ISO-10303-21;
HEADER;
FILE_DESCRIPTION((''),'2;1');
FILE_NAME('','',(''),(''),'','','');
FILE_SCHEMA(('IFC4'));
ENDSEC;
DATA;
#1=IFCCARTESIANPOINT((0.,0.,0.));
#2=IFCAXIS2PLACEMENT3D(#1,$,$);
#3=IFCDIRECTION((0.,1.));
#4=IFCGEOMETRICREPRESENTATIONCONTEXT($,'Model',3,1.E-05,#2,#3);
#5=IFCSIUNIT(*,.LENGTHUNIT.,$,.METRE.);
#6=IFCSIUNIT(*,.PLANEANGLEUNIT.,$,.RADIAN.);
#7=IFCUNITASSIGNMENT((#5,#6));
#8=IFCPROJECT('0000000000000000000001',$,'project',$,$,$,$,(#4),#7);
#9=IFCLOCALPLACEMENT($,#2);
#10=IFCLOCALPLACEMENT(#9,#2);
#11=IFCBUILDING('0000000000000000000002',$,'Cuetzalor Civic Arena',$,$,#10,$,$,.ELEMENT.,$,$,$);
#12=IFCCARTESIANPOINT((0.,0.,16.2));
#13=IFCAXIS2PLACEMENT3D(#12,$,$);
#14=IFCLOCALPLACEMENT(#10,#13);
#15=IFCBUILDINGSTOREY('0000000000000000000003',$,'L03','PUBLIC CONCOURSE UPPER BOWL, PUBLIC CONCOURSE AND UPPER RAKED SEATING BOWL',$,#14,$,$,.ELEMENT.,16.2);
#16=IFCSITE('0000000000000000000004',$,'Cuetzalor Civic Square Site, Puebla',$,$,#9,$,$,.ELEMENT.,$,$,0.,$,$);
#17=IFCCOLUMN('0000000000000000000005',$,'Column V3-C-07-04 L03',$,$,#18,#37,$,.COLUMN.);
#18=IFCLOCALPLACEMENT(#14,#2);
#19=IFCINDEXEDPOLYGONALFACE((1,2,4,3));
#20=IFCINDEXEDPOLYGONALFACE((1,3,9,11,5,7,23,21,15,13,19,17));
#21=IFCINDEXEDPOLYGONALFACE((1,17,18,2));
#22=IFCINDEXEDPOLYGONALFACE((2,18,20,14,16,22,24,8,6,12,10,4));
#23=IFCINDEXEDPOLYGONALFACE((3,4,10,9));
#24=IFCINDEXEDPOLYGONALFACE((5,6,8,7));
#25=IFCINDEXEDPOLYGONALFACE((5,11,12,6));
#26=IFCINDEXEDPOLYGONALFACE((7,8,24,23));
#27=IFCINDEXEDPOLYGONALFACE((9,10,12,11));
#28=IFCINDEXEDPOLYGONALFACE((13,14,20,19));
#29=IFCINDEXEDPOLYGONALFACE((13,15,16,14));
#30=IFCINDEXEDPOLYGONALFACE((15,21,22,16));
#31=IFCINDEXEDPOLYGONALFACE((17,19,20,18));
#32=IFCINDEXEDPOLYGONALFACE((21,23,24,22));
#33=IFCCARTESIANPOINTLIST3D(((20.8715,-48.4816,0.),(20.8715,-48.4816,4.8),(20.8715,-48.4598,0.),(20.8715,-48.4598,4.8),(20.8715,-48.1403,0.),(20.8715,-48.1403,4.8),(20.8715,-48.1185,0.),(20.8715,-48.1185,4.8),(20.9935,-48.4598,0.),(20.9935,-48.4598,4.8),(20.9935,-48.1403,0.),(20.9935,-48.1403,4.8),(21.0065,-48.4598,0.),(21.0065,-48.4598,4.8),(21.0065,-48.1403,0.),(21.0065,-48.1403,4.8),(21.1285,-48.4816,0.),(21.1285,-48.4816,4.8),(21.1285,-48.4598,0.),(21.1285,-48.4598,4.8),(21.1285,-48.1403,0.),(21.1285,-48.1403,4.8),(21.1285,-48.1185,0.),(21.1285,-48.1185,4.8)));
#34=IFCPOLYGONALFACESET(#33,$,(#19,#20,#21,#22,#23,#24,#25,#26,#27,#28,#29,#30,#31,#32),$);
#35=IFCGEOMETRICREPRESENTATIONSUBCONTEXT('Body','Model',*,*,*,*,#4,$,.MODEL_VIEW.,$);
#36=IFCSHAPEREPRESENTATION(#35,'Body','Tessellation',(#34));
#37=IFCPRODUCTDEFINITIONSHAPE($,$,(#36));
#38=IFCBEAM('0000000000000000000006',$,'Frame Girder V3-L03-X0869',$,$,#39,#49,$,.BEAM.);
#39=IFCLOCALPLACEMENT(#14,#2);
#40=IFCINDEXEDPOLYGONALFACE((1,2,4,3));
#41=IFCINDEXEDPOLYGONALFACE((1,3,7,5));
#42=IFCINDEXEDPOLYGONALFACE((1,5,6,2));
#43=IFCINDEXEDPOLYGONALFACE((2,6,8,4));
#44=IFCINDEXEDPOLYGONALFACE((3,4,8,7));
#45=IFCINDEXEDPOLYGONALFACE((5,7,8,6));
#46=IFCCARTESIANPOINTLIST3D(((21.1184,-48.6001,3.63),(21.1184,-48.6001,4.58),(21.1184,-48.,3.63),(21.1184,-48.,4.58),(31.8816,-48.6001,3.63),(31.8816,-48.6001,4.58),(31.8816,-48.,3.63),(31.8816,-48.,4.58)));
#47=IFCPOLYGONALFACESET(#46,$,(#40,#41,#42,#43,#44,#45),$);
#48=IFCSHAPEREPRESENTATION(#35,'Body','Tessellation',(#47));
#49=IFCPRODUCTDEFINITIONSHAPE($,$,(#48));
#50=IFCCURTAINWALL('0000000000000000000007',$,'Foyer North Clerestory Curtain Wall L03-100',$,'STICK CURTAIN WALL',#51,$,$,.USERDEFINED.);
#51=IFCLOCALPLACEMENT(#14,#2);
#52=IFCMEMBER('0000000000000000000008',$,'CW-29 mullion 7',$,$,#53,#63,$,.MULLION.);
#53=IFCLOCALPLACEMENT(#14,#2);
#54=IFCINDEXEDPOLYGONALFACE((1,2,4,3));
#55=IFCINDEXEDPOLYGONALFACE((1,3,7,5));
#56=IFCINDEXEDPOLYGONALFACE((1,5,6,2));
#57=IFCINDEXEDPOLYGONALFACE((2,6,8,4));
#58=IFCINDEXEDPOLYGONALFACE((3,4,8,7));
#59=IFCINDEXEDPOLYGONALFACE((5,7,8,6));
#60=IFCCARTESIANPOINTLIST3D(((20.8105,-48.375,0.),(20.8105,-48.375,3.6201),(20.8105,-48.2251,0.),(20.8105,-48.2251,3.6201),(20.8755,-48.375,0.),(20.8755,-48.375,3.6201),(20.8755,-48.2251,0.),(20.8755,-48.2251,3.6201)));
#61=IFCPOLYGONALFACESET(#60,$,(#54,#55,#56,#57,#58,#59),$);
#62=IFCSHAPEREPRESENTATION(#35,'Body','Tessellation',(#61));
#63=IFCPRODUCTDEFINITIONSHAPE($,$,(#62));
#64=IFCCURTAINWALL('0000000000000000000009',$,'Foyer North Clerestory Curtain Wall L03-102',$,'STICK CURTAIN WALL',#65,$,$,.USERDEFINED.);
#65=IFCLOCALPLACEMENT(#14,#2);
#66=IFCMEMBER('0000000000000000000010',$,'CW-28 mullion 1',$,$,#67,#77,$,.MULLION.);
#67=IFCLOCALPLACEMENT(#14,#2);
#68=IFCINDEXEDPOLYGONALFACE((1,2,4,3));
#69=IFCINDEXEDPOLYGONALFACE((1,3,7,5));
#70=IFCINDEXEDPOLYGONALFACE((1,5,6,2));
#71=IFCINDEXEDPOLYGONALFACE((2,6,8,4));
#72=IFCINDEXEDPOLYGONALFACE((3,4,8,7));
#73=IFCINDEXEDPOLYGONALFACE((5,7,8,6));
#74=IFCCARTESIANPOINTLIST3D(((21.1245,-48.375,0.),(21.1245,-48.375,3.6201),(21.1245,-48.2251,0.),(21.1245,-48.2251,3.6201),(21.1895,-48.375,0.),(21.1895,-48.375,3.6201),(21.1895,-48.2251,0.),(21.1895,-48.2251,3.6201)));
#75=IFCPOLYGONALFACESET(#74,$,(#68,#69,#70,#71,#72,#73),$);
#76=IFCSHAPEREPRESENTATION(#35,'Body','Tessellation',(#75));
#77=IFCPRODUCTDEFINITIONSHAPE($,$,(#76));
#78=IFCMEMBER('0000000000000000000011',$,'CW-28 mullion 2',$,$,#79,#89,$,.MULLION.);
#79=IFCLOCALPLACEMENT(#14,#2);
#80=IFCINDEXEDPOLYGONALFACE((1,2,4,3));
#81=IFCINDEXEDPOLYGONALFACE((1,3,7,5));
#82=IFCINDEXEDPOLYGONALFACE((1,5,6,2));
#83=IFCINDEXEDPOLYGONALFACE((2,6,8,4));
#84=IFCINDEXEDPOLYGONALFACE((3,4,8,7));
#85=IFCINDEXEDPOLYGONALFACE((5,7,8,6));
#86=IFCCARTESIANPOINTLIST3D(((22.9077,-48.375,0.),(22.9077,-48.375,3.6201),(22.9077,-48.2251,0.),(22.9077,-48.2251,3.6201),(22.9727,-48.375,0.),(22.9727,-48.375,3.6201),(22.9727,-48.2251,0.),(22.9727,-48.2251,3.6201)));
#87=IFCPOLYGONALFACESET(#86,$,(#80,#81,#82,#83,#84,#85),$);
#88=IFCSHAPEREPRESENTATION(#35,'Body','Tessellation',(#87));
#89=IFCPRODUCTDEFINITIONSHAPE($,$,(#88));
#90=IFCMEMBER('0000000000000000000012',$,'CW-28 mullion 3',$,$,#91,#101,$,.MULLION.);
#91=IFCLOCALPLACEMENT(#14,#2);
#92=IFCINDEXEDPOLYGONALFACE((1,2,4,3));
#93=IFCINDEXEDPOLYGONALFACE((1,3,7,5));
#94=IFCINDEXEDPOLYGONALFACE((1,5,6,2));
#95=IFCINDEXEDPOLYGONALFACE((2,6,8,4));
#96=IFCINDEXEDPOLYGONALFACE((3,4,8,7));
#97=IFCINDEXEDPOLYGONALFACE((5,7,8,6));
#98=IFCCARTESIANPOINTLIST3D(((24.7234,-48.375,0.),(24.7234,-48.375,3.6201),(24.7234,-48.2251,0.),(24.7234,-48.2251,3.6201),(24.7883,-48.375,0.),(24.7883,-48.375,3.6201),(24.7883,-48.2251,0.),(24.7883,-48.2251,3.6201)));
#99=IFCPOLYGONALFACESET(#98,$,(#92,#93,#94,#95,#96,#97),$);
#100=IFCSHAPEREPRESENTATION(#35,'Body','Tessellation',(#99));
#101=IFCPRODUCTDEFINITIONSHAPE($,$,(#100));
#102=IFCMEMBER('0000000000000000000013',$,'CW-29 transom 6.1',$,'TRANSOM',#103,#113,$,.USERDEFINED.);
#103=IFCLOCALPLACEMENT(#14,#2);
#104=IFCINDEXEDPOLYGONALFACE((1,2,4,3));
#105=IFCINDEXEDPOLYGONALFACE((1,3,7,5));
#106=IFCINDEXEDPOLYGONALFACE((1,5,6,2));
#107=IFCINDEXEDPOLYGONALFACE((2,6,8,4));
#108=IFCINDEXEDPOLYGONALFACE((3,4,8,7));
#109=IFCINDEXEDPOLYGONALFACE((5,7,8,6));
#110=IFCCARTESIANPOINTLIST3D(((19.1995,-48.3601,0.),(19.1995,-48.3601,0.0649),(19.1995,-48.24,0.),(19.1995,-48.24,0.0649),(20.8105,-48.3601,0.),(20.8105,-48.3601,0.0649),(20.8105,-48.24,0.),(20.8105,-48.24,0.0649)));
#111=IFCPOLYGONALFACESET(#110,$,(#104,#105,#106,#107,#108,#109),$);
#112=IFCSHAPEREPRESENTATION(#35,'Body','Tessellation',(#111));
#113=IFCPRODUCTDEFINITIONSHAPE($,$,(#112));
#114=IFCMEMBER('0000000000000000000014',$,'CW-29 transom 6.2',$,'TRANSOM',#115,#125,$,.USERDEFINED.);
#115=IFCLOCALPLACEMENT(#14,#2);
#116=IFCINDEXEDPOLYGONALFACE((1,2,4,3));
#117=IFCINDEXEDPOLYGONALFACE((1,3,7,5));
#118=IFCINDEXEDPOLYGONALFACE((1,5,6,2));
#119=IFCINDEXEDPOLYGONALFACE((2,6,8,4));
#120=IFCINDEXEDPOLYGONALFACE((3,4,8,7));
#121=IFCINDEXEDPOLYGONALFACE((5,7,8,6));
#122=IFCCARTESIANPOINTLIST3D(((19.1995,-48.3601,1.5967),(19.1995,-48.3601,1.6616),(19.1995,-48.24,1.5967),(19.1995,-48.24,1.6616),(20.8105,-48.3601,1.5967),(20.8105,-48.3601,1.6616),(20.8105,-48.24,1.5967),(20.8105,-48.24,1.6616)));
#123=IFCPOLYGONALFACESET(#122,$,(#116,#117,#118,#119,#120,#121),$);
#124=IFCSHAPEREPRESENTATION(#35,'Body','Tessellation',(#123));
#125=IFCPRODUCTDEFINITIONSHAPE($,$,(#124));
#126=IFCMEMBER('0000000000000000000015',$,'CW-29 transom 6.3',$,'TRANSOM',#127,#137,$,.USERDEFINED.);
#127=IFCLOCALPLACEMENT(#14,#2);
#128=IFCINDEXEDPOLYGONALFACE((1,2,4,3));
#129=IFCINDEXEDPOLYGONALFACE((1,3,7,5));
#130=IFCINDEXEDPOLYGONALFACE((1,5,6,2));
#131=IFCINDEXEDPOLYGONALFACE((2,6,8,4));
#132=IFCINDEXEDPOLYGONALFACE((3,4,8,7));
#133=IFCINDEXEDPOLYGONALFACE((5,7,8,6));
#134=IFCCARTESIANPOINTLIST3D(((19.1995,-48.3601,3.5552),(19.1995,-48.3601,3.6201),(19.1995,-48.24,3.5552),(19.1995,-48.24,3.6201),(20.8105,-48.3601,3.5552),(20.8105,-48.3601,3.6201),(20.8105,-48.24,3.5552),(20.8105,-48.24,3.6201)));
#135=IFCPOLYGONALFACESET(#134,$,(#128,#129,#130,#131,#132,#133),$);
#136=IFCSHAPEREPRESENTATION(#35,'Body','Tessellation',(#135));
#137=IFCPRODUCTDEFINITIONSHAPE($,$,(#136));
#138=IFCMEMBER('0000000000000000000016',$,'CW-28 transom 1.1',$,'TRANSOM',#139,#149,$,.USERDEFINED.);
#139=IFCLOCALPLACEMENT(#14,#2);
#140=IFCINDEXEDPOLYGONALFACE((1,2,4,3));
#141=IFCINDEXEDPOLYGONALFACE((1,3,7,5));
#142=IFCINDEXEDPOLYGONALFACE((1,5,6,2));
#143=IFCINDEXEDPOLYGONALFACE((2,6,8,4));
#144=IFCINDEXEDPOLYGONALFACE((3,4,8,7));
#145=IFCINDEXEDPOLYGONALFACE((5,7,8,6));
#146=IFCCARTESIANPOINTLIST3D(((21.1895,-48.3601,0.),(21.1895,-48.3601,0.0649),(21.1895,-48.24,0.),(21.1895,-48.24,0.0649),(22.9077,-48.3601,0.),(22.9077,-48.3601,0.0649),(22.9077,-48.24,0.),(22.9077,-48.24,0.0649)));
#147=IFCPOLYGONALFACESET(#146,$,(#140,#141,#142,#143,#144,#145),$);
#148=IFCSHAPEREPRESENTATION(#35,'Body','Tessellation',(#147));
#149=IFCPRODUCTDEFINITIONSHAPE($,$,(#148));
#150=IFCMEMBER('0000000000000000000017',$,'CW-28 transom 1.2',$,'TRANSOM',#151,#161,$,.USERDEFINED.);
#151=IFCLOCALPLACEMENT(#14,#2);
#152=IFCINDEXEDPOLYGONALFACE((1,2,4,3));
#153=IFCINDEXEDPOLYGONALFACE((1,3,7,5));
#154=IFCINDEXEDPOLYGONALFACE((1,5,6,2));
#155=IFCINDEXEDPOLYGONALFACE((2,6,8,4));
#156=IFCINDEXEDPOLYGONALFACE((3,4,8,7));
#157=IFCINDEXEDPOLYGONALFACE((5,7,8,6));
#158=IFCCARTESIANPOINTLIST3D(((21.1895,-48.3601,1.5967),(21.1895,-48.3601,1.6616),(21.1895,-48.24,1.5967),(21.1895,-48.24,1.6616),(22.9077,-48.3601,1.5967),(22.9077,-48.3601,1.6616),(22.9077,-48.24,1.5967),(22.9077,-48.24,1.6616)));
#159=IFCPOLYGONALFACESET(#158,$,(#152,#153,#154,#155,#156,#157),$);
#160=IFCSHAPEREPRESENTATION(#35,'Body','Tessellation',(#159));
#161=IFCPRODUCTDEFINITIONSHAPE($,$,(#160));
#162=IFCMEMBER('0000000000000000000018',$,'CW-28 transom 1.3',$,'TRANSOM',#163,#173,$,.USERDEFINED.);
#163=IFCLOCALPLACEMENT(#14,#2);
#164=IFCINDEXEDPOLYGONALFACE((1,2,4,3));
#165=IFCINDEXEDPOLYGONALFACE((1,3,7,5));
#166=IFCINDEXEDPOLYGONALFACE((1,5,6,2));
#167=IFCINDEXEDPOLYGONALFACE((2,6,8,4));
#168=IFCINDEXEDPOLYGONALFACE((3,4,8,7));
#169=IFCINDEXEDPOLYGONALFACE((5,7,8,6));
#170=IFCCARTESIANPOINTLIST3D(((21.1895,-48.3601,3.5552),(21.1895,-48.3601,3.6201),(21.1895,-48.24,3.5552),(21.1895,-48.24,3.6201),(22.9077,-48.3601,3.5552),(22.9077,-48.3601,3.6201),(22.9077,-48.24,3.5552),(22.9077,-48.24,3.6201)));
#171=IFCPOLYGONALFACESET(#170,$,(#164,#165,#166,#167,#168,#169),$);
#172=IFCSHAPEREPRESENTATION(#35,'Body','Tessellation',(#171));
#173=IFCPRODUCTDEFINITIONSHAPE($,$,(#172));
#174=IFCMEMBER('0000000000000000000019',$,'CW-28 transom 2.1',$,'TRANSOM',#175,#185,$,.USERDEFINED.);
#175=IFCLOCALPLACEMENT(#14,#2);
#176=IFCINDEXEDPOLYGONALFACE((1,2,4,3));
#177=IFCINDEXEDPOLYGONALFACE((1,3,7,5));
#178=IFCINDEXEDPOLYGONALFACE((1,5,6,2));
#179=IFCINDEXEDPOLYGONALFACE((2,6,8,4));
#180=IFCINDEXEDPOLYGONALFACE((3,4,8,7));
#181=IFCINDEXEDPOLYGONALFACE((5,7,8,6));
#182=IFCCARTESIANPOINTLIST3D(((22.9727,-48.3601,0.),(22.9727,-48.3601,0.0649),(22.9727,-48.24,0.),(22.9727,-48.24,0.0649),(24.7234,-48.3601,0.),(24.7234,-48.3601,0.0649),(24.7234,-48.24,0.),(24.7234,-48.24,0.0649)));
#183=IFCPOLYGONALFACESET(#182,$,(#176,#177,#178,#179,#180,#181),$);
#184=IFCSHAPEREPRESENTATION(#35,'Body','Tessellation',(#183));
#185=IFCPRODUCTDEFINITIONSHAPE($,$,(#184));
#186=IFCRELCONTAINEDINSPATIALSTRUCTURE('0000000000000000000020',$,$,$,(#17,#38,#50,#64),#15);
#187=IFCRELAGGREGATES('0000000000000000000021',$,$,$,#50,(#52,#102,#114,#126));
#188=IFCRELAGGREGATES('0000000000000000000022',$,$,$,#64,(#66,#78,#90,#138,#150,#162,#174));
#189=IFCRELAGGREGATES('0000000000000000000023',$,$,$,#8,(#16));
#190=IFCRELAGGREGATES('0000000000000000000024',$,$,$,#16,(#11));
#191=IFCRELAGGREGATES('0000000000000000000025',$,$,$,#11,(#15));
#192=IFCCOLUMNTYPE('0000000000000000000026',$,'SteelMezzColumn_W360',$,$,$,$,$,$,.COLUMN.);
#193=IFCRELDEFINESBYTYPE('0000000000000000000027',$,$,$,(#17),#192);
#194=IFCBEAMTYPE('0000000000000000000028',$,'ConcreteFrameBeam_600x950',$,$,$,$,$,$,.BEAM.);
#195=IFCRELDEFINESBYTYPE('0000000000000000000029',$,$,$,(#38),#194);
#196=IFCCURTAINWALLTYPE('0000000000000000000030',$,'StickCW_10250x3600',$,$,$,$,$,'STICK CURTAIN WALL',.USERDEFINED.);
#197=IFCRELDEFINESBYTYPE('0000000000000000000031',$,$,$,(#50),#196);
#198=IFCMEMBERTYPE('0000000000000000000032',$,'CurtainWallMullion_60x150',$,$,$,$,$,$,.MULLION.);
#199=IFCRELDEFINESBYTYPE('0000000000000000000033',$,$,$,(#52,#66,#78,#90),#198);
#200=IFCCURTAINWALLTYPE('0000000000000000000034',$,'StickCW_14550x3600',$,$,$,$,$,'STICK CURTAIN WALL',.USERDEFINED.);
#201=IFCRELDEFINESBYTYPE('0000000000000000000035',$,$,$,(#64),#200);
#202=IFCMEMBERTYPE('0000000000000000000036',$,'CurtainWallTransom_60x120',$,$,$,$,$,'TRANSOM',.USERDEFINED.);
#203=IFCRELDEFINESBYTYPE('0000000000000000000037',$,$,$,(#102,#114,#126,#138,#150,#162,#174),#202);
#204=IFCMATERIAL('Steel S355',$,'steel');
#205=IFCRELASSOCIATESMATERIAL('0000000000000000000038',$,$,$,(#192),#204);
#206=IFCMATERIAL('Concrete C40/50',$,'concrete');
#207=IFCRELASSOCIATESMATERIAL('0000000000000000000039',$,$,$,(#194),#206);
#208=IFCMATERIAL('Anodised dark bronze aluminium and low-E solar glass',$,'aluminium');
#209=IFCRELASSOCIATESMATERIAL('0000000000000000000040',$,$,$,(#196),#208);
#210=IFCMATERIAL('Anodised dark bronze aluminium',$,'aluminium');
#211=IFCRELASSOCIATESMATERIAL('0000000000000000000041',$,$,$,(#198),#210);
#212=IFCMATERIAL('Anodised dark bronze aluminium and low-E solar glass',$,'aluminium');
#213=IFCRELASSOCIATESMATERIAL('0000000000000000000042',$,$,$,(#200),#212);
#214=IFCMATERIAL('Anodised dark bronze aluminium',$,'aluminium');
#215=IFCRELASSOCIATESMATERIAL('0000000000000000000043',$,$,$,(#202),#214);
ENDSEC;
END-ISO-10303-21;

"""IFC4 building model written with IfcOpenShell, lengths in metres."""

from ifc_helpers import new_model, si_unit, direction, frame, origin, origin_2d, place, context, subcontext, project, spatial, rectangle, i_section, extrude, material, material_profile, profile_set, type_object, element, aggregate, save


model = new_model("IFC4")

# Units and contexts
model_context = context("Model", 3, precision=1e-05, world=origin(), true_north=direction((0.0, 1.0)))
body_context = subcontext(model_context, "Body", "Model", "MODEL_VIEW")
ifc_project = project(units=[si_unit("LENGTHUNIT", "METRE"), si_unit("PLANEANGLEUNIT", "RADIAN")], contexts=[model_context])

# Site, building, storey
site_placement = place(None, origin())
site = spatial("IfcSite", under=ifc_project, at=site_placement, Name="Cuetzalor Civic Square Site, Puebla", CompositionType="ELEMENT", RefElevation=0.0)
building_placement = place(site_placement, origin())
building = spatial("IfcBuilding", under=site, at=building_placement, Name="Cuetzalor Civic Arena", CompositionType="ELEMENT")
storey_placement = place(building_placement, frame((0.0, 0.0, 16.2)))
storey = spatial("IfcBuildingStorey", under=building, at=storey_placement, Name="L03", Description="PUBLIC CONCOURSE UPPER BOWL, PUBLIC CONCOURSE AND UPPER RAKED SEATING BOWL", CompositionType="ELEMENT", Elevation=16.2)

# Column
ifc_material_1 = material(Name="Steel S355", Category="steel")
ifc_material_profile_1 = material_profile(ifc_material_1, i_section(OverallWidth=0.2571, OverallDepth=0.363, WebThickness=0.0129, FlangeThickness=0.0217, at=origin_2d()), Name="W360x122")
ifc_profile_set_1 = profile_set([ifc_material_profile_1], Name="Steel S355")
column_type = type_object("IfcColumnType", Name="SteelMezzColumn_W360", PredefinedType="COLUMN", material=ifc_profile_set_1)
column_placement = place(storey_placement, frame((21.0, -48.3, 0.0), z_axis=(0.0, 0.0, 1.0), x_axis=(1.0, 0.0, 0.0)))
element("IfcColumn", 1, at=column_placement, inside=storey, type_object=column_type, Name="Column V3-C-07-04 L03", PredefinedType="COLUMN", context=body_context, shape_type="SweptSolid", body=[
    extrude(i_section(OverallWidth=0.2571, OverallDepth=0.363, WebThickness=0.0129, FlangeThickness=0.0217, at=origin_2d()), origin(), (0.0, 0.0, 1.0), 4.8),
])

# Beam
ifc_material_2 = material(Name="Concrete C40/50", Category="concrete")
ifc_material_profile_2 = material_profile(ifc_material_2, rectangle(XDim=0.6001, YDim=0.95, at=origin_2d()), Name="RC 600x950")
ifc_profile_set_2 = profile_set([ifc_material_profile_2], Name="Concrete C40/50")
beam_type = type_object("IfcBeamType", Name="ConcreteFrameBeam_600x950", PredefinedType="BEAM", material=ifc_profile_set_2)
beam_placement = place(storey_placement, frame((21.1184, -48.3, 4.105), z_axis=(1.0, 0.0, 0.0), x_axis=(0.0, 1.0, 0.0)))
element("IfcBeam", 2, at=beam_placement, inside=storey, type_object=beam_type, Name="Frame Girder V3-L03-X0869", PredefinedType="BEAM", context=body_context, shape_type="SweptSolid", body=[
    extrude(rectangle(XDim=0.6001, YDim=0.95, at=origin_2d()), origin(), (0.0, 0.0, 1.0), 10.7632),
])

# Curtain wall, member
ifc_material_3 = material(Name="Anodised dark bronze aluminium and low-E solar glass", Category="aluminium")
curtain_wall_type_1 = type_object("IfcCurtainWallType", Name="StickCW_10250x3600", ElementType="STICK CURTAIN WALL", PredefinedType="USERDEFINED", material=ifc_material_3)
curtain_wall_1_placement = place(storey_placement, origin())
curtain_wall_1 = element("IfcCurtainWall", 3, at=curtain_wall_1_placement, inside=storey, type_object=curtain_wall_type_1, Name="Foyer North Clerestory Curtain Wall L03-100", ObjectType="STICK CURTAIN WALL", PredefinedType="USERDEFINED")
ifc_material_4 = material(Name="Anodised dark bronze aluminium", Category="aluminium")
ifc_material_profile_3 = material_profile(ifc_material_4, rectangle(XDim=0.0649, YDim=0.1499, at=origin_2d()), Name="ALU MULLION 65x150")
ifc_profile_set_3 = profile_set([ifc_material_profile_3], Name="Anodised dark bronze aluminium")
member_type_1 = type_object("IfcMemberType", Name="CurtainWallMullion_60x150", PredefinedType="MULLION", material=ifc_profile_set_3)
member_1_placement = place(storey_placement, frame((20.843, -48.3, 0.0), z_axis=(0.0, 0.0, 1.0), x_axis=(1.0, 0.0, 0.0)))
member_1 = element("IfcMember", 4, at=member_1_placement, type_object=member_type_1, Name="CW-29 mullion 7", PredefinedType="MULLION", context=body_context, shape_type="SweptSolid", body=[
    extrude(rectangle(XDim=0.0649, YDim=0.1499, at=origin_2d()), origin(), (0.0, 0.0, 1.0), 3.6201),
])

# Curtain wall, members
ifc_material_5 = material(Name="Anodised dark bronze aluminium and low-E solar glass", Category="aluminium")
curtain_wall_type_2 = type_object("IfcCurtainWallType", Name="StickCW_14550x3600", ElementType="STICK CURTAIN WALL", PredefinedType="USERDEFINED", material=ifc_material_5)
curtain_wall_2_placement = place(storey_placement, origin())
curtain_wall_2 = element("IfcCurtainWall", 5, at=curtain_wall_2_placement, inside=storey, type_object=curtain_wall_type_2, Name="Foyer North Clerestory Curtain Wall L03-102", ObjectType="STICK CURTAIN WALL", PredefinedType="USERDEFINED")
member_2_placement = place(storey_placement, frame((21.157, -48.3, 0.0), z_axis=(0.0, 0.0, 1.0), x_axis=(1.0, 0.0, 0.0)))
member_2 = element("IfcMember", 6, at=member_2_placement, type_object=member_type_1, Name="CW-28 mullion 1", PredefinedType="MULLION", context=body_context, shape_type="SweptSolid", body=[
    extrude(rectangle(XDim=0.0649, YDim=0.1499, at=origin_2d()), origin(), (0.0, 0.0, 1.0), 3.6201),
])
member_3_placement = place(storey_placement, frame((22.9402, -48.3, 0.0), z_axis=(0.0, 0.0, 1.0), x_axis=(1.0, 0.0, 0.0)))
member_3 = element("IfcMember", 7, at=member_3_placement, type_object=member_type_1, Name="CW-28 mullion 2", PredefinedType="MULLION", context=body_context, shape_type="SweptSolid", body=[
    extrude(rectangle(XDim=0.0649, YDim=0.1499, at=origin_2d()), origin(), (0.0, 0.0, 1.0), 3.6201),
])
member_4_placement = place(storey_placement, frame((24.7559, -48.3, 0.0), z_axis=(0.0, 0.0, 1.0), x_axis=(1.0, 0.0, 0.0)))
member_4 = element("IfcMember", 8, at=member_4_placement, type_object=member_type_1, Name="CW-28 mullion 3", PredefinedType="MULLION", context=body_context, shape_type="SweptSolid", body=[
    extrude(rectangle(XDim=0.0649, YDim=0.1499, at=origin_2d()), origin(), (0.0, 0.0, 1.0), 3.6201),
])

# Members
ifc_material_6 = material(Name="Anodised dark bronze aluminium", Category="aluminium")
ifc_material_profile_4 = material_profile(ifc_material_6, rectangle(XDim=0.1201, YDim=0.0649, at=origin_2d()), Name="ALU TRANSOM 65x120")
ifc_profile_set_4 = profile_set([ifc_material_profile_4], Name="Anodised dark bronze aluminium")
member_type_2 = type_object("IfcMemberType", Name="CurtainWallTransom_60x120", ElementType="TRANSOM", PredefinedType="USERDEFINED", material=ifc_profile_set_4)
member_5_placement = place(storey_placement, frame((19.1995, -48.3, 0.0325), z_axis=(1.0, 0.0, 0.0), x_axis=(0.0, 1.0, 0.0)))
member_5 = element("IfcMember", 9, at=member_5_placement, type_object=member_type_2, Name="CW-29 transom 6.1", ObjectType="TRANSOM", PredefinedType="USERDEFINED", context=body_context, shape_type="SweptSolid", body=[
    extrude(rectangle(XDim=0.1201, YDim=0.0649, at=origin_2d()), origin(), (0.0, 0.0, 1.0), 1.6111),
])
member_6_placement = place(storey_placement, frame((19.1995, -48.3, 1.6292), z_axis=(1.0, 0.0, 0.0), x_axis=(0.0, 1.0, 0.0)))
member_6 = element("IfcMember", 10, at=member_6_placement, type_object=member_type_2, Name="CW-29 transom 6.2", ObjectType="TRANSOM", PredefinedType="USERDEFINED", context=body_context, shape_type="SweptSolid", body=[
    extrude(rectangle(XDim=0.1201, YDim=0.0649, at=origin_2d()), origin(), (0.0, 0.0, 1.0), 1.6111),
])
member_7_placement = place(storey_placement, frame((19.1995, -48.3, 3.5876), z_axis=(1.0, 0.0, 0.0), x_axis=(0.0, 1.0, 0.0)))
member_7 = element("IfcMember", 11, at=member_7_placement, type_object=member_type_2, Name="CW-29 transom 6.3", ObjectType="TRANSOM", PredefinedType="USERDEFINED", context=body_context, shape_type="SweptSolid", body=[
    extrude(rectangle(XDim=0.1201, YDim=0.0649, at=origin_2d()), origin(), (0.0, 0.0, 1.0), 1.6111),
])
member_8_placement = place(storey_placement, frame((21.1895, -48.3, 0.0325), z_axis=(1.0, 0.0, 0.0), x_axis=(0.0, 1.0, 0.0)))
member_8 = element("IfcMember", 12, at=member_8_placement, type_object=member_type_2, Name="CW-28 transom 1.1", ObjectType="TRANSOM", PredefinedType="USERDEFINED", context=body_context, shape_type="SweptSolid", body=[
    extrude(rectangle(XDim=0.1201, YDim=0.0649, at=origin_2d()), origin(), (0.0, 0.0, 1.0), 1.7183),
])
member_9_placement = place(storey_placement, frame((21.1895, -48.3, 1.6292), z_axis=(1.0, 0.0, 0.0), x_axis=(0.0, 1.0, 0.0)))
member_9 = element("IfcMember", 13, at=member_9_placement, type_object=member_type_2, Name="CW-28 transom 1.2", ObjectType="TRANSOM", PredefinedType="USERDEFINED", context=body_context, shape_type="SweptSolid", body=[
    extrude(rectangle(XDim=0.1201, YDim=0.0649, at=origin_2d()), origin(), (0.0, 0.0, 1.0), 1.7183),
])
member_10_placement = place(storey_placement, frame((21.1895, -48.3, 3.5876), z_axis=(1.0, 0.0, 0.0), x_axis=(0.0, 1.0, 0.0)))
member_10 = element("IfcMember", 14, at=member_10_placement, type_object=member_type_2, Name="CW-28 transom 1.3", ObjectType="TRANSOM", PredefinedType="USERDEFINED", context=body_context, shape_type="SweptSolid", body=[
    extrude(rectangle(XDim=0.1201, YDim=0.0649, at=origin_2d()), origin(), (0.0, 0.0, 1.0), 1.7183),
])
member_11_placement = place(storey_placement, frame((22.9727, -48.3, 0.0325), z_axis=(1.0, 0.0, 0.0), x_axis=(0.0, 1.0, 0.0)))
member_11 = element("IfcMember", 15, at=member_11_placement, type_object=member_type_2, Name="CW-28 transom 2.1", ObjectType="TRANSOM", PredefinedType="USERDEFINED", context=body_context, shape_type="SweptSolid", body=[
    extrude(rectangle(XDim=0.1201, YDim=0.0649, at=origin_2d()), origin(), (0.0, 0.0, 1.0), 1.7507),
])

aggregate(curtain_wall_1, [member_1, member_5, member_6, member_7])
aggregate(curtain_wall_2, [member_2, member_3, member_4, member_8, member_9, member_10, member_11])

save(model, "model.ifc")
